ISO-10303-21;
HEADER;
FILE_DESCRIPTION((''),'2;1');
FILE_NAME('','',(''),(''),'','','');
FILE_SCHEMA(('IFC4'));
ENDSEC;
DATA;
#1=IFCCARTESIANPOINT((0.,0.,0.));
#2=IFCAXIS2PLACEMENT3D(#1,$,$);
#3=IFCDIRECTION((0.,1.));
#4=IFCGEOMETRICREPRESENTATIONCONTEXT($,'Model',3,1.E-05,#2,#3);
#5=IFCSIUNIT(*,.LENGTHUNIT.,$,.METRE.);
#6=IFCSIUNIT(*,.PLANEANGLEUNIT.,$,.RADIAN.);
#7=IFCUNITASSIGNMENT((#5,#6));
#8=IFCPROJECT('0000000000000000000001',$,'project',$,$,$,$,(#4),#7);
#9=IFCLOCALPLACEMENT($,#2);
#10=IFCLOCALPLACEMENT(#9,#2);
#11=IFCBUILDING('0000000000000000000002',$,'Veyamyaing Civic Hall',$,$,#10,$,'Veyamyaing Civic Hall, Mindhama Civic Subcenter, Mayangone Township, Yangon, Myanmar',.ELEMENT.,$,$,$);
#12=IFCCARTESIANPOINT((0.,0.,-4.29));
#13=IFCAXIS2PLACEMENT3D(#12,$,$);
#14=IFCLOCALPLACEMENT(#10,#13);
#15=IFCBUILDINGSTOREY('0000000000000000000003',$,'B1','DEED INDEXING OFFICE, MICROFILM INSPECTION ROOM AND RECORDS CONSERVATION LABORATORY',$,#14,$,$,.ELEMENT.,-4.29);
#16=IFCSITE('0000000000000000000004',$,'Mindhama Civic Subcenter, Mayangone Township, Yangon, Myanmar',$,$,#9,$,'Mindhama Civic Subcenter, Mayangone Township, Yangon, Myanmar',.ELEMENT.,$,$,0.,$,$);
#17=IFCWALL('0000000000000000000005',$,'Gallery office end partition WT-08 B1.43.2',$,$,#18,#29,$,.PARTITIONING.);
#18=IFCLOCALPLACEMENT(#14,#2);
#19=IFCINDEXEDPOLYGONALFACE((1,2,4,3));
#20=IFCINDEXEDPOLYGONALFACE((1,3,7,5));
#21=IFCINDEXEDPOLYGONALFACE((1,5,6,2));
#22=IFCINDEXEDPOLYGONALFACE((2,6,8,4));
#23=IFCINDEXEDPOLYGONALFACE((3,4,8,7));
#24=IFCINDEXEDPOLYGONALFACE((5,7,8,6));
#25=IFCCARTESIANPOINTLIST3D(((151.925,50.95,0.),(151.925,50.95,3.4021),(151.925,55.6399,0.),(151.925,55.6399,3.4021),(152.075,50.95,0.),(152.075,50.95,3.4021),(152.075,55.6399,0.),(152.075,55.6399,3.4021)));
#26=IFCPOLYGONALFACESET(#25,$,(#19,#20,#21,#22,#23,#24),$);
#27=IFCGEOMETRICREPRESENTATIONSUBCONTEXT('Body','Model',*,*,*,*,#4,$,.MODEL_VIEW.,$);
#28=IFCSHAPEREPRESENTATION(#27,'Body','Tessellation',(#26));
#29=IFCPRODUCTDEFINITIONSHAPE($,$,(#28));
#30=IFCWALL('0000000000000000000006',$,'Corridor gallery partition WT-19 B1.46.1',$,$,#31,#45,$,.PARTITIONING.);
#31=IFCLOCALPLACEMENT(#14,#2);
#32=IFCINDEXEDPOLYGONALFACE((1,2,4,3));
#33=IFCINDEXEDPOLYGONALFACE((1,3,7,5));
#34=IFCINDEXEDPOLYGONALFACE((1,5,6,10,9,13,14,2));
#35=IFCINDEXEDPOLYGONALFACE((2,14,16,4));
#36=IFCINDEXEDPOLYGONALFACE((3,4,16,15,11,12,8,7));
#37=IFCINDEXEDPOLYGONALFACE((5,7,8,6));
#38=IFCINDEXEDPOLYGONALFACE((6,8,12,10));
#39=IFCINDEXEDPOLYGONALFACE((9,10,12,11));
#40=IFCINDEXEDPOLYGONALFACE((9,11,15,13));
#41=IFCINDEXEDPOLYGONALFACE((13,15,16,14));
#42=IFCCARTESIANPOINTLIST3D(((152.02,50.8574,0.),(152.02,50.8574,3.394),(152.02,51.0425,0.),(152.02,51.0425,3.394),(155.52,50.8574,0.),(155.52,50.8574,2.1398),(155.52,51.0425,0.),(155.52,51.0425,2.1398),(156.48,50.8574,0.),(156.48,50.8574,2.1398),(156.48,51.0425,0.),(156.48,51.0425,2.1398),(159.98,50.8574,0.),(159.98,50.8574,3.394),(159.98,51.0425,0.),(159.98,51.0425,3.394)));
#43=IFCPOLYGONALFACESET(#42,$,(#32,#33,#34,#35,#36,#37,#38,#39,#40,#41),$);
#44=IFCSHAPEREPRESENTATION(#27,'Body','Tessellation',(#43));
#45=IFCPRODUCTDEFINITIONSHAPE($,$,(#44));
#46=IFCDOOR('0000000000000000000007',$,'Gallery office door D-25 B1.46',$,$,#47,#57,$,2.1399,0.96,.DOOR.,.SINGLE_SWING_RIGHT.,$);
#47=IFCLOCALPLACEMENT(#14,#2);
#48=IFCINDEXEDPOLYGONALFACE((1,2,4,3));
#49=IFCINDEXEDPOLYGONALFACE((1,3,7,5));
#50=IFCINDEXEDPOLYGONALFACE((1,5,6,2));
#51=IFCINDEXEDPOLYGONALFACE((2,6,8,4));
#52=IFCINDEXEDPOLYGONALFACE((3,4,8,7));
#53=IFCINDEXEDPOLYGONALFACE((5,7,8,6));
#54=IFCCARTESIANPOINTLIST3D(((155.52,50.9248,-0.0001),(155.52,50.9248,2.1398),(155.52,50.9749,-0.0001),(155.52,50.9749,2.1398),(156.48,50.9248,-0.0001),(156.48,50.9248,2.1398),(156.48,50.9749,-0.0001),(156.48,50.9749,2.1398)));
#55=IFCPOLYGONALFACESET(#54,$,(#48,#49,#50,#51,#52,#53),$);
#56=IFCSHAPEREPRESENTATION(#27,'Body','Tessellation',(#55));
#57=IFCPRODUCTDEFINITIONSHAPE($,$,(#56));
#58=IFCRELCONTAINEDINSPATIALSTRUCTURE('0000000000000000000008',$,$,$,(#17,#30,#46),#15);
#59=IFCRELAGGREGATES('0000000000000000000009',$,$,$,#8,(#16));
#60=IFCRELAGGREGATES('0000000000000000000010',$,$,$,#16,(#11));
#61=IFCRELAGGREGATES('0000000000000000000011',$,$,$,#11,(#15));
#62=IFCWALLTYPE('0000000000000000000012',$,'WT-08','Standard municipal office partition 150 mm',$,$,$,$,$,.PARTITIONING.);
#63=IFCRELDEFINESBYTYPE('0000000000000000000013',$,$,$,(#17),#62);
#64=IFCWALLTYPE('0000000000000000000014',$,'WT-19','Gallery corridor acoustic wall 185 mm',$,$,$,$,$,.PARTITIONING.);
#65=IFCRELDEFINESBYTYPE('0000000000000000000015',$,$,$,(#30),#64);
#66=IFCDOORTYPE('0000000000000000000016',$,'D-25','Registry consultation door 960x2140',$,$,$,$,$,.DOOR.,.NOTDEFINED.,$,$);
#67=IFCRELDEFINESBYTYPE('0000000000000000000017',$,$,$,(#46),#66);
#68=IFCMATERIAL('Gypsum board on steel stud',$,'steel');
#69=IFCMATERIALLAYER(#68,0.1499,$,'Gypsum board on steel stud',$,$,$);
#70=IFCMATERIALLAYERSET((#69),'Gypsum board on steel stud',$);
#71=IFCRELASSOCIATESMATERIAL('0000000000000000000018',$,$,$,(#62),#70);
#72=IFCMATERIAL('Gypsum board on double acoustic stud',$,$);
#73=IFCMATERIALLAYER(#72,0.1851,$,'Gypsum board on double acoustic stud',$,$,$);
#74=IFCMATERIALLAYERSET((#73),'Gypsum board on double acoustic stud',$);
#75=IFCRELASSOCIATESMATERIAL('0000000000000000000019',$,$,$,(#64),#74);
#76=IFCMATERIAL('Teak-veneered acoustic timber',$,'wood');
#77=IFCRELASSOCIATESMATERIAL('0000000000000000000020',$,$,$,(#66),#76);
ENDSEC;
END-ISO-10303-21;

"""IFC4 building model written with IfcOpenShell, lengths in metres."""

from ifc_helpers import new_model, si_unit, direction, frame, frame_2d, origin, place, context, subcontext, project, spatial, rectangle, extrude, material, layer, layer_set, type_object, element, fill, save


model = new_model("IFC4")

# Units and contexts
model_context = context("Model", 3, precision=1e-05, world=origin(), true_north=direction((0.0, 1.0)))
body_context = subcontext(model_context, "Body", "Model", "MODEL_VIEW")
ifc_project = project(units=[si_unit("LENGTHUNIT", "METRE"), si_unit("PLANEANGLEUNIT", "RADIAN")], contexts=[model_context])

# Site, building, storey
site_placement = place(None, origin())
site = spatial("IfcSite", under=ifc_project, at=site_placement, Name="Mindhama Civic Subcenter, Mayangone Township, Yangon, Myanmar", LongName="Mindhama Civic Subcenter, Mayangone Township, Yangon, Myanmar", CompositionType="ELEMENT", RefElevation=0.0)
building_placement = place(site_placement, origin())
building = spatial("IfcBuilding", under=site, at=building_placement, Name="Veyamyaing Civic Hall", LongName="Veyamyaing Civic Hall, Mindhama Civic Subcenter, Mayangone Township, Yangon, Myanmar", CompositionType="ELEMENT")
storey_placement = place(building_placement, frame((0.0, 0.0, -4.29)))
storey = spatial("IfcBuildingStorey", under=building, at=storey_placement, Name="B1", Description="DEED INDEXING OFFICE, MICROFILM INSPECTION ROOM AND RECORDS CONSERVATION LABORATORY", CompositionType="ELEMENT", Elevation=-4.29)

# Shared definitions
ifc_material_1 = material(Name="Teak-veneered acoustic timber", Category="wood")

# Wall
ifc_material_2 = material(Name="Gypsum board on steel stud", Category="steel")
ifc_layer_1 = layer(ifc_material_2, 0.1499, Name="Gypsum board on steel stud")
ifc_layer_set_1 = layer_set([ifc_layer_1], Name="Gypsum board on steel stud")
wall_type_1 = type_object("IfcWallType", Name="WT-08", Description="Standard municipal office partition 150 mm", PredefinedType="PARTITIONING", material=ifc_layer_set_1)
wall_1_placement = place(storey_placement, frame((152.0, 50.95, 0.0), z_axis=(0.0, 0.0, 1.0), x_axis=(0.0, 1.0, 0.0)))
element("IfcWall", 1, at=wall_1_placement, inside=storey, type_object=wall_type_1, Name="Gallery office end partition WT-08 B1.43.2", PredefinedType="PARTITIONING", context=body_context, shape_type="SweptSolid", body=[
    extrude(rectangle(XDim=4.6899, YDim=0.1499, at=frame_2d((2.345, 0.0))), origin(), (0.0, 0.0, 1.0), 3.4021),
])

# Wall, opening, door
ifc_material_3 = material(Name="Gypsum board on double acoustic stud")
ifc_layer_2 = layer(ifc_material_3, 0.1851, Name="Gypsum board on double acoustic stud")
ifc_layer_set_2 = layer_set([ifc_layer_2], Name="Gypsum board on double acoustic stud")
wall_type_2 = type_object("IfcWallType", Name="WT-19", Description="Gallery corridor acoustic wall 185 mm", PredefinedType="PARTITIONING", material=ifc_layer_set_2)
wall_2_placement = place(storey_placement, frame((152.02, 50.95, 0.0), z_axis=(0.0, 0.0, 1.0), x_axis=(1.0, 0.0, 0.0)))
wall_2 = element("IfcWall", 2, at=wall_2_placement, inside=storey, type_object=wall_type_2, Name="Corridor gallery partition WT-19 B1.46.1", PredefinedType="PARTITIONING", context=body_context, shape_type="SweptSolid", body=[
    extrude(rectangle(XDim=7.96, YDim=0.1851, at=frame_2d((3.98, 0.0))), origin(), (0.0, 0.0, 1.0), 3.394),
])
opening_1_placement = place(wall_2_placement, frame((3.5, 0.0, 0.0)))
opening_1 = element("IfcOpeningElement", 3, at=opening_1_placement, cuts=wall_2, PredefinedType="OPENING", context=body_context, shape_type="SweptSolid", body=[
    extrude(rectangle(XDim=0.96, YDim=2.1399, at=frame_2d((0.48, 1.0698))), frame((0.0, 0.1025, 0.0), z_axis=(0.0, -1.0, 0.0), x_axis=(1.0, 0.0, 0.0)), (0.0, 0.0, 1.0), 0.2051),
])
door_type_1 = type_object("IfcDoorType", Name="D-25", Description="Registry consultation door 960x2140", OperationType="NOTDEFINED", PredefinedType="DOOR", material=ifc_material_1)
door_1_placement = place(opening_1_placement, origin())
door_1 = element("IfcDoor", 4, at=door_1_placement, inside=storey, type_object=door_type_1, Name="Gallery office door D-25 B1.46", OperationType="SINGLE_SWING_RIGHT", OverallHeight=2.1399, OverallWidth=0.96, PredefinedType="DOOR", context=body_context, shape_type="SweptSolid", body=[
    extrude(rectangle(XDim=0.96, YDim=2.1399, at=frame_2d((0.48, 1.0698))), frame((0.0, 0.0249, 0.0), z_axis=(0.0, -1.0, 0.0), x_axis=(1.0, 0.0, 0.0)), (0.0, 0.0, 1.0), 0.05),
])
fill(opening_1, door_1)

save(model, "model.ifc")
